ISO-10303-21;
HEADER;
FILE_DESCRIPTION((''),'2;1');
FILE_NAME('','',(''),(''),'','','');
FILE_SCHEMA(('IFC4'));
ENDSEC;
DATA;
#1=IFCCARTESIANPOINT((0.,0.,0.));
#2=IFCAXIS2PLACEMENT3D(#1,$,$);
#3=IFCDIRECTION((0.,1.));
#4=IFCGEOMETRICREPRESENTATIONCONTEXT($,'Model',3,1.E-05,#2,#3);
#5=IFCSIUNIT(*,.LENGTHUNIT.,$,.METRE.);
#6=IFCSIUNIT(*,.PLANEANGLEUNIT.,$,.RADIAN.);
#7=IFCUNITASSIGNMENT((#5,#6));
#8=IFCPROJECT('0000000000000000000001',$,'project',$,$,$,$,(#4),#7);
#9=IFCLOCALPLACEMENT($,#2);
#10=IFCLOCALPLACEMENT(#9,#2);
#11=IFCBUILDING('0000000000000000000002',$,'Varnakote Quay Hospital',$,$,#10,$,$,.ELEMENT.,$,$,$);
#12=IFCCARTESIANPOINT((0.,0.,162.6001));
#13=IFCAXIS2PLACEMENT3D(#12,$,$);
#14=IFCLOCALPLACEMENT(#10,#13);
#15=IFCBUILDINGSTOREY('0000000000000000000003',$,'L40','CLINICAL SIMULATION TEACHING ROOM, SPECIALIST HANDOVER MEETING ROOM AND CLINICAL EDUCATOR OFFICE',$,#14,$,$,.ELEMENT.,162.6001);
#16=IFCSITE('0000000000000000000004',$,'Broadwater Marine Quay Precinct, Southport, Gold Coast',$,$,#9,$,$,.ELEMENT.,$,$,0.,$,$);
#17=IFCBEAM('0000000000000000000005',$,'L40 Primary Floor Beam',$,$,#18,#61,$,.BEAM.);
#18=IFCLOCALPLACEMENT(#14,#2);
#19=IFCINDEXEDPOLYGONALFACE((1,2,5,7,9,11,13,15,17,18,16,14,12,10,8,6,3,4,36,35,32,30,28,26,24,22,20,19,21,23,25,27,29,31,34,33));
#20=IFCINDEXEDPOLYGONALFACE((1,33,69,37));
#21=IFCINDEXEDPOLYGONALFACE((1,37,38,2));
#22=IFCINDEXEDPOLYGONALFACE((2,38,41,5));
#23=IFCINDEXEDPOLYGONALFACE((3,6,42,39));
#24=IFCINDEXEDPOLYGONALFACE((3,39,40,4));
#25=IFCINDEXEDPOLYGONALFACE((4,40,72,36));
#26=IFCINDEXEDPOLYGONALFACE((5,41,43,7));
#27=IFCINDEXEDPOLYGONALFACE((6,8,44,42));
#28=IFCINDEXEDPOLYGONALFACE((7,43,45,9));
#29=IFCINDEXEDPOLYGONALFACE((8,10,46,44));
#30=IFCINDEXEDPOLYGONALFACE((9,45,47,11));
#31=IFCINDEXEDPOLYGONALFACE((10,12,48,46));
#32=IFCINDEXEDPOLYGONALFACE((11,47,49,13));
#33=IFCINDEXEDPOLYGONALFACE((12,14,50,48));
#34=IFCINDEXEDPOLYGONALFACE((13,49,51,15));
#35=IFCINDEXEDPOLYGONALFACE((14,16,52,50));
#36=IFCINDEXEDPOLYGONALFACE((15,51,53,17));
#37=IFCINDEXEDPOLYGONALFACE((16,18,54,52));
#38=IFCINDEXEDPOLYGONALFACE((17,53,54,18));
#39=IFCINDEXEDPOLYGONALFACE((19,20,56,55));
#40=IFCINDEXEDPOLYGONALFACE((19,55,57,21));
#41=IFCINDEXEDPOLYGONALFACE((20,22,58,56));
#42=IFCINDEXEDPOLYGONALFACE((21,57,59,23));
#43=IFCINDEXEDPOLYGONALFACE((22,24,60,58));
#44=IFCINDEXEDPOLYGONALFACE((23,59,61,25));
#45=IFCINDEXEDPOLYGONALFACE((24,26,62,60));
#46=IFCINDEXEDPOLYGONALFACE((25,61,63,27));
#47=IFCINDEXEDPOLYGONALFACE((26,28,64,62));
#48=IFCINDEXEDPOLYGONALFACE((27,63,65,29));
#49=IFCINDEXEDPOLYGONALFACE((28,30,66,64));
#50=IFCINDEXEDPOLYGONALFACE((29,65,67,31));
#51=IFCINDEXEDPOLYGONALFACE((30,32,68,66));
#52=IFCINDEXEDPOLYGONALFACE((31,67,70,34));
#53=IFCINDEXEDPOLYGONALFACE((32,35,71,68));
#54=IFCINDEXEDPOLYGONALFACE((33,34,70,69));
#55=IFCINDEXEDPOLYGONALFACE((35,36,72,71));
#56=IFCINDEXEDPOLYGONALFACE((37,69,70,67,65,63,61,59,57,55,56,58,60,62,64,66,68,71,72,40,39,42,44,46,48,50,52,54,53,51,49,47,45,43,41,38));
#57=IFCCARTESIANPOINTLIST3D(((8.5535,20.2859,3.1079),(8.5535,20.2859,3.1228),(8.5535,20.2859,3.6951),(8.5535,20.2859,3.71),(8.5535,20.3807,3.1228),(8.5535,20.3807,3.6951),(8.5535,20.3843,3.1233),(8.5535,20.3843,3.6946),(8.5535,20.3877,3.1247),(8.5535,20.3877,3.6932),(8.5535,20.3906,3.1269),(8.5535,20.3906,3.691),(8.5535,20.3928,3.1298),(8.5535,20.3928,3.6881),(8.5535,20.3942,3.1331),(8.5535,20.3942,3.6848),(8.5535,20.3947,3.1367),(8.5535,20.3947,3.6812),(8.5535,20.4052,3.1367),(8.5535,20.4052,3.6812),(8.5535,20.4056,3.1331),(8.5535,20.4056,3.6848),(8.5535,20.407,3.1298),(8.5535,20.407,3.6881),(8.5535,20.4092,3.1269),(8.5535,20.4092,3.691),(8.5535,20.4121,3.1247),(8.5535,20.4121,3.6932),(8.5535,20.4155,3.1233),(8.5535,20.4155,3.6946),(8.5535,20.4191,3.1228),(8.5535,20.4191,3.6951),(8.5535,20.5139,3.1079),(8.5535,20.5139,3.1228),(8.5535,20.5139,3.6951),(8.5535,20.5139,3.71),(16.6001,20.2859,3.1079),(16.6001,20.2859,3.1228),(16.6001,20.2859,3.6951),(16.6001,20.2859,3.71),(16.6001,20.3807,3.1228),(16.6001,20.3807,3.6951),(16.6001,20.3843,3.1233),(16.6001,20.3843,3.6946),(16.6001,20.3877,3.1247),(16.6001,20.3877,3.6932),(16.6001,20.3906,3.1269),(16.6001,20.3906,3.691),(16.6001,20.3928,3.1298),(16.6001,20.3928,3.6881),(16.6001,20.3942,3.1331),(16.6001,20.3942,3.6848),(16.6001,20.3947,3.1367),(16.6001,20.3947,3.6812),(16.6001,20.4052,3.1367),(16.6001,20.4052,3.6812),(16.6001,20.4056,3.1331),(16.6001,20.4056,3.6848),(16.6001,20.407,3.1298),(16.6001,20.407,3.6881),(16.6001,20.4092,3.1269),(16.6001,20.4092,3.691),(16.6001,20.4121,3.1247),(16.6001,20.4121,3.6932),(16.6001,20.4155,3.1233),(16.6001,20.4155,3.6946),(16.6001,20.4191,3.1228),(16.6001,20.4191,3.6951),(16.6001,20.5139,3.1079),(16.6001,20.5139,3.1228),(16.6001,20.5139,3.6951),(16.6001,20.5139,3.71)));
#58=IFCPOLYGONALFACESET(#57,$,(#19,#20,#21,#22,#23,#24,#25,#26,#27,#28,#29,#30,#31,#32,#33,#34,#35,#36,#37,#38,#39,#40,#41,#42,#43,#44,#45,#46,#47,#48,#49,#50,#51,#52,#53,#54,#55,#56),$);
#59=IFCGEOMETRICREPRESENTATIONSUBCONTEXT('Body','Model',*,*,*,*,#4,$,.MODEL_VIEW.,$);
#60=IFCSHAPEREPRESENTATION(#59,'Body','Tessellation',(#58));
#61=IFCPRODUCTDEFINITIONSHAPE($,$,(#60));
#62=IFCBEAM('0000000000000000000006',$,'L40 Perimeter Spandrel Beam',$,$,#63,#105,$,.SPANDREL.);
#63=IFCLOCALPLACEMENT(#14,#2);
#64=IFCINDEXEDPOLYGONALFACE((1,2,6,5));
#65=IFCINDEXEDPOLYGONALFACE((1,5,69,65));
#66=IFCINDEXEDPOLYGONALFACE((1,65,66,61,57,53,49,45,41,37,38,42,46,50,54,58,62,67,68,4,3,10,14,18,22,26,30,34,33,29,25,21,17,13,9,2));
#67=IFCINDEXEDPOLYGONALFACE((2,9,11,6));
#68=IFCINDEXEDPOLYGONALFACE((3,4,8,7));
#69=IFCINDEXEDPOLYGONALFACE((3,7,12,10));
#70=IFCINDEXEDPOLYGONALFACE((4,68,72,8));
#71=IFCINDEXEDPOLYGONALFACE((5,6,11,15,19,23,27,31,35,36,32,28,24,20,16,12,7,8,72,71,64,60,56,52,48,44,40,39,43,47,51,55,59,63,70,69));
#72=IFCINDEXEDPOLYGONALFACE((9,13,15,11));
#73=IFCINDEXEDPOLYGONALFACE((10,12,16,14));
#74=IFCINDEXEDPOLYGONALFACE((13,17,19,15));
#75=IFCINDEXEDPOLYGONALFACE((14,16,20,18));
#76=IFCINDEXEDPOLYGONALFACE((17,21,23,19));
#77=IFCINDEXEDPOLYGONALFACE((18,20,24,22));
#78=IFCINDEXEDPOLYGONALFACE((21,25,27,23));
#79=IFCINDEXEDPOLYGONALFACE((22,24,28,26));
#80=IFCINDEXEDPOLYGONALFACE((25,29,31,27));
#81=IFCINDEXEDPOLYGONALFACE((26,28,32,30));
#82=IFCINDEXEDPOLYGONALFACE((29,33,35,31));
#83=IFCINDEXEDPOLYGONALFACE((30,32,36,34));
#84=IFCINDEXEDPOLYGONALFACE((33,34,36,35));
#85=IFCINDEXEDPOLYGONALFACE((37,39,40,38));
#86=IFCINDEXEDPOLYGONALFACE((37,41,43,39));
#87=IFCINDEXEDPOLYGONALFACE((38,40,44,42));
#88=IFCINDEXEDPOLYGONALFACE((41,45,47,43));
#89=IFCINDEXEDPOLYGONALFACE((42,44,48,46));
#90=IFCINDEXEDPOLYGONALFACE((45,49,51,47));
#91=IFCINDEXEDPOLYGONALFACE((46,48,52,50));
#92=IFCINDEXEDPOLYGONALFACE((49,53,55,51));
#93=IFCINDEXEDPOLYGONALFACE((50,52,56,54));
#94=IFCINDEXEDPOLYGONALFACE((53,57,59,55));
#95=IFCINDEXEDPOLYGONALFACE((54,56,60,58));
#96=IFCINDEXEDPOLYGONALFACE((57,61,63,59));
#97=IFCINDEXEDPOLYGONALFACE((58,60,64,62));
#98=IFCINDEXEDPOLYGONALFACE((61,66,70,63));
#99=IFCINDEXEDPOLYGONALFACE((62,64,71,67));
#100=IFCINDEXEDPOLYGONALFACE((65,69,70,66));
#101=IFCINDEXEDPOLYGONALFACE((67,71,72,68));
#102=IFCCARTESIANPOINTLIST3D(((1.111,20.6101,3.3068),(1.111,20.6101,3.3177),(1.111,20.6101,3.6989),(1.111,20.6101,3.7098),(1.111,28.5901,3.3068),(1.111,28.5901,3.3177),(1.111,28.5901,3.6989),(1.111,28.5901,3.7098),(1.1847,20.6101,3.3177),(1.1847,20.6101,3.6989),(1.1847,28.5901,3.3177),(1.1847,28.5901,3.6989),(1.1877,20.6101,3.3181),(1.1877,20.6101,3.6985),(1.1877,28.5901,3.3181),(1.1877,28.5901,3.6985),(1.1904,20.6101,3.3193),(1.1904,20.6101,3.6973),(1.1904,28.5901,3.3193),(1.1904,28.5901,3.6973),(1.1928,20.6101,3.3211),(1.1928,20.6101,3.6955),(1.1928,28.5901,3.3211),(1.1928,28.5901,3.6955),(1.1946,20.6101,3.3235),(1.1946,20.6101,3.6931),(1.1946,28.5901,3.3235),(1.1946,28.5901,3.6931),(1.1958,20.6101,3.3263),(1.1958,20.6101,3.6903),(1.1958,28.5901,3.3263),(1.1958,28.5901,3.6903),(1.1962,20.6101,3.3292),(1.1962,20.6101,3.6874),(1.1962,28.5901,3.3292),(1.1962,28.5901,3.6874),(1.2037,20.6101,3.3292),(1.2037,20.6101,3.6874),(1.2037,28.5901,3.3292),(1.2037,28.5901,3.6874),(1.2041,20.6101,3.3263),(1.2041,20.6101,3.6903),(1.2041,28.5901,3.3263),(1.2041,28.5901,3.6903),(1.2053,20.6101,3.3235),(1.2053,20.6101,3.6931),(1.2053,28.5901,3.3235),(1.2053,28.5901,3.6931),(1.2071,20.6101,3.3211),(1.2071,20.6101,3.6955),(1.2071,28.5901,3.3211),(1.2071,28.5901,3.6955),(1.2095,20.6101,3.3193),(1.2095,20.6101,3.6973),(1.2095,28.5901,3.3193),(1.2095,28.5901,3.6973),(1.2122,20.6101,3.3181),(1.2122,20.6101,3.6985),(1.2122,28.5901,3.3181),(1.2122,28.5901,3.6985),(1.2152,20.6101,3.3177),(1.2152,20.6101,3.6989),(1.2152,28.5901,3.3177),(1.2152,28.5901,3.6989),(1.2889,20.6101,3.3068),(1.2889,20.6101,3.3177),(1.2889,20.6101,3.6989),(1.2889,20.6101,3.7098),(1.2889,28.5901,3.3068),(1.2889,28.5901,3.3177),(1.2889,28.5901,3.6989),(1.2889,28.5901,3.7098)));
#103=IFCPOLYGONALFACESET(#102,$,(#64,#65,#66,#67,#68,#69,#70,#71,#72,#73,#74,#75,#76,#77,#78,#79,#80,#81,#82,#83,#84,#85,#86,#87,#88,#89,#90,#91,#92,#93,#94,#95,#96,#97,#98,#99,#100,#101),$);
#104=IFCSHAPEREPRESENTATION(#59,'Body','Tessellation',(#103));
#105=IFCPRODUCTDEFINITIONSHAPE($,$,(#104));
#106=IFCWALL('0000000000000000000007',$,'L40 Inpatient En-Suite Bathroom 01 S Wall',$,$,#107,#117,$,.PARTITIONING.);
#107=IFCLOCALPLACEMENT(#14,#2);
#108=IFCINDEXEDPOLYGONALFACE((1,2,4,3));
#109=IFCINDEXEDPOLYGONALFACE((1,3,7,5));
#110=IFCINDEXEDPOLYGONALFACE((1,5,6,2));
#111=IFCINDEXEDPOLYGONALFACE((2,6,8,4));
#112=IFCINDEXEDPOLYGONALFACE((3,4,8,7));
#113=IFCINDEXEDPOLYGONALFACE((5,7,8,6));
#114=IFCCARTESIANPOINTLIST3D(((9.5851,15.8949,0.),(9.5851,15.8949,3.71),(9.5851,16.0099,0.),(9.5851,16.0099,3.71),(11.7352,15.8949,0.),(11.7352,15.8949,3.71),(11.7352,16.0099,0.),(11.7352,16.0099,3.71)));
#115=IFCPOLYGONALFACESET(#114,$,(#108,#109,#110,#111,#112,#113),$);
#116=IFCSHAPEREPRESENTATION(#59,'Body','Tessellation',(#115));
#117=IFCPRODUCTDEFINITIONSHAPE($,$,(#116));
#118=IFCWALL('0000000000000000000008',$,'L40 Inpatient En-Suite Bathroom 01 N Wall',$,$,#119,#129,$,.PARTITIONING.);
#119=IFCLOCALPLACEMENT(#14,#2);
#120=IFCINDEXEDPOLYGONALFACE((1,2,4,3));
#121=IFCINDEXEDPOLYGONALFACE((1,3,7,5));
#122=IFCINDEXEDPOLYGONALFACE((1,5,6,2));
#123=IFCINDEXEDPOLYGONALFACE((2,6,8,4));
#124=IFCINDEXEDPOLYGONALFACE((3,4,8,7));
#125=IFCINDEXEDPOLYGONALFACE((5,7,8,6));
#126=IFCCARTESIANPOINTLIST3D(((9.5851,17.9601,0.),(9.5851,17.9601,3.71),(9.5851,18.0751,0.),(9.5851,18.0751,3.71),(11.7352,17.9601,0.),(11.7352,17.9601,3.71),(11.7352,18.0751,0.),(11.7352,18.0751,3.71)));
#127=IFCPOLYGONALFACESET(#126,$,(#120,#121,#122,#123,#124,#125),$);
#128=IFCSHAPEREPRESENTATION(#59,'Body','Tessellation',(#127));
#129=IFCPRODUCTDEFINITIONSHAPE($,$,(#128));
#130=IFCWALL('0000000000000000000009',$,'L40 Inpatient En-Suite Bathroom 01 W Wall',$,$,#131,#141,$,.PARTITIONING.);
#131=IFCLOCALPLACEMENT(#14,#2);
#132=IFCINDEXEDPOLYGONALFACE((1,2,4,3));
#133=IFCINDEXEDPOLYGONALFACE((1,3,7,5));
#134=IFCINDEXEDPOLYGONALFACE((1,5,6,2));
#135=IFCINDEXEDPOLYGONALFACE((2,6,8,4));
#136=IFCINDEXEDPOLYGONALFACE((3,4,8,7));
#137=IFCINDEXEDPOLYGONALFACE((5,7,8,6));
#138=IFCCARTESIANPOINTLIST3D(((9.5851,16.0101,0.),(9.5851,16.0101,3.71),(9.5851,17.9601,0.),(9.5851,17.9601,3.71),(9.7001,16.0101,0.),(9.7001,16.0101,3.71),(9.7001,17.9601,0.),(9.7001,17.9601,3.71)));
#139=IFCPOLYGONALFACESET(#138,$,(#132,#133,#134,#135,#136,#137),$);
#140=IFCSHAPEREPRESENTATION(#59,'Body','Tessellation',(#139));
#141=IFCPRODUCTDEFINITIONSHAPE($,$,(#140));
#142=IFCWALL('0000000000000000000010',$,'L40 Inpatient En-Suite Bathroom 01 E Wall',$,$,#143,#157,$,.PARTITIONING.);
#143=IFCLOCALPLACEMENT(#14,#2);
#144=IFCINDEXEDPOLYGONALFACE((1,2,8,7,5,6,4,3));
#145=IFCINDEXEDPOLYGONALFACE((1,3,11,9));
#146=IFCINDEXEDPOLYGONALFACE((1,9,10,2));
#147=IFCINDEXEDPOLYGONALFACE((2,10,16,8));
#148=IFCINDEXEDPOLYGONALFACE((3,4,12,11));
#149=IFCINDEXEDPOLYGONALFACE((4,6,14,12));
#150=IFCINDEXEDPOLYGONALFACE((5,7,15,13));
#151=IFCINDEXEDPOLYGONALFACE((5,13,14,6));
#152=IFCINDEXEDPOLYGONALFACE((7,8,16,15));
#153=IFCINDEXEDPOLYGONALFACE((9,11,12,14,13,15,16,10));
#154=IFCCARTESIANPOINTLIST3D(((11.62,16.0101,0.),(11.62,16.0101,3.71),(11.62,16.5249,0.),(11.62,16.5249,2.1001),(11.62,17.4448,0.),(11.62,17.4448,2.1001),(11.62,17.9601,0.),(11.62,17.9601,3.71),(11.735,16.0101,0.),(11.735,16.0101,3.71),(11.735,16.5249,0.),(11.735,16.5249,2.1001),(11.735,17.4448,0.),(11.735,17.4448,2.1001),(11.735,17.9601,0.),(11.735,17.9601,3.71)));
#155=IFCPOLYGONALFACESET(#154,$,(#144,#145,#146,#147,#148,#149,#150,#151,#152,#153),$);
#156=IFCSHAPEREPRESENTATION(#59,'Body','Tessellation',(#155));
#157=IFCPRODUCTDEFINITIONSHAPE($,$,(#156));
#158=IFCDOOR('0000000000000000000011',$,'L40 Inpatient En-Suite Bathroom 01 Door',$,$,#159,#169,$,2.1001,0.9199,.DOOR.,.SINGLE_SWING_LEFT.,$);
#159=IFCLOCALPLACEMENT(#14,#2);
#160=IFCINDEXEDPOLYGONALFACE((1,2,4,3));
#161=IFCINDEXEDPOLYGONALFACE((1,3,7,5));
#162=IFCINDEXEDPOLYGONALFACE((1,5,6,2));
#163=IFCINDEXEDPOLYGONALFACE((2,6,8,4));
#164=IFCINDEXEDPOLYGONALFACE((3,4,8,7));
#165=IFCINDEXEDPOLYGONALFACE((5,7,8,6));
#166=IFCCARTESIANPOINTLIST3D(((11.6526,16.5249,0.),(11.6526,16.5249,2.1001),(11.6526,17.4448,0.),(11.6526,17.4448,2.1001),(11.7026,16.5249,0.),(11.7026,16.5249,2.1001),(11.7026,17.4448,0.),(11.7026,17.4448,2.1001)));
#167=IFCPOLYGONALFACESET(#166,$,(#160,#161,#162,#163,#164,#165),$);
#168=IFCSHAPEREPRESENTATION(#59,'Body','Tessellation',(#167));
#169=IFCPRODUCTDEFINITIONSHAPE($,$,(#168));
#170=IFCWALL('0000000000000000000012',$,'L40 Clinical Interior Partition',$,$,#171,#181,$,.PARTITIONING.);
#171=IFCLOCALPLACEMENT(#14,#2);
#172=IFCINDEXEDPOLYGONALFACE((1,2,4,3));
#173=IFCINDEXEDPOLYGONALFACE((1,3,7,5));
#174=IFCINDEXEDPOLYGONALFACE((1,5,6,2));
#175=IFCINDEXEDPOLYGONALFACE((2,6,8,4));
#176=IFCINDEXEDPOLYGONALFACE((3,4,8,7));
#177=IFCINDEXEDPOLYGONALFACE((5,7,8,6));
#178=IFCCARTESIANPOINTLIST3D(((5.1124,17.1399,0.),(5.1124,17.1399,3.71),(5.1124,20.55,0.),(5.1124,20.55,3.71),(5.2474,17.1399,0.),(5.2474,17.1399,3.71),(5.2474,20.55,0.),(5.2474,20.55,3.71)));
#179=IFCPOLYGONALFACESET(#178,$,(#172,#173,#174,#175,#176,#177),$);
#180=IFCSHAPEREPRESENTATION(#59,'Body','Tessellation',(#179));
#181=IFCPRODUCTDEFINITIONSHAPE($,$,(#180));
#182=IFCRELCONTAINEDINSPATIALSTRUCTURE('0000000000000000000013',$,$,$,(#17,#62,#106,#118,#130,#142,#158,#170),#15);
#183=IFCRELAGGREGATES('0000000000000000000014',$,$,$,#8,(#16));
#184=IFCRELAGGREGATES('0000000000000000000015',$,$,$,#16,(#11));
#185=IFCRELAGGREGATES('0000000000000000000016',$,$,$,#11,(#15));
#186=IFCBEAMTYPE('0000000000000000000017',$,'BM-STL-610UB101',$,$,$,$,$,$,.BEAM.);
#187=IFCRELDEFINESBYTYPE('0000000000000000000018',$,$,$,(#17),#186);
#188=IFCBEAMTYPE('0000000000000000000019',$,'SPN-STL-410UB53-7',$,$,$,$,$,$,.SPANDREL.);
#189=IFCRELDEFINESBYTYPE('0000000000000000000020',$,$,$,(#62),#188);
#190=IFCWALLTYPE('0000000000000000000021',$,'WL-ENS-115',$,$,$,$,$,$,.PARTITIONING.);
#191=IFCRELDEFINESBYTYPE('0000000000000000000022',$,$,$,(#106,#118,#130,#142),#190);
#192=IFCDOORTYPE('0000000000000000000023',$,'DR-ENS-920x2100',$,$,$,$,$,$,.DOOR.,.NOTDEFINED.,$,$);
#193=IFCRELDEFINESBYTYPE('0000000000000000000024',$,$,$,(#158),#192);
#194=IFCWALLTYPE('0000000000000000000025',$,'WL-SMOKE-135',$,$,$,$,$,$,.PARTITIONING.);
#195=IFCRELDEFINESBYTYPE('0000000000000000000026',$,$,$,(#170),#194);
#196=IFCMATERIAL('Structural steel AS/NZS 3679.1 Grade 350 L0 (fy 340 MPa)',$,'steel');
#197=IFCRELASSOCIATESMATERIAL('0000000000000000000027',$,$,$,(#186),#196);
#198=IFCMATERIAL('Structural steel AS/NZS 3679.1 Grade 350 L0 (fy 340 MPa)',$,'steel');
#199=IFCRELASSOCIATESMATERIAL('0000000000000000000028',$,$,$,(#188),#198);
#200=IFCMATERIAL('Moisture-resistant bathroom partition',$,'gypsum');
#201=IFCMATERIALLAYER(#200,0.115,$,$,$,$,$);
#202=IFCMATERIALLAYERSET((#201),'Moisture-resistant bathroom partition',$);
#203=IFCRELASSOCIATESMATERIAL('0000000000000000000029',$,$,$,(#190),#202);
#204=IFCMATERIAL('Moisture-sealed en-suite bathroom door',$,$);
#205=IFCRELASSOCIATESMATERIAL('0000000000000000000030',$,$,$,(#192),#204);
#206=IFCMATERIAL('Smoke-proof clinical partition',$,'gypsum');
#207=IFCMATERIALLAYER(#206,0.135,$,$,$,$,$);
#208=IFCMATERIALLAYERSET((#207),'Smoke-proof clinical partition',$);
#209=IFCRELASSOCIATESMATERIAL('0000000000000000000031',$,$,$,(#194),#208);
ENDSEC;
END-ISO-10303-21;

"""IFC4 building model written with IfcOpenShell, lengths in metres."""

from ifc_helpers import new_model, si_unit, direction, frame, frame_2d, origin, origin_2d, place, context, subcontext, project, spatial, rectangle, i_section, extrude, material, layer, layer_set, material_profile, profile_set, type_object, element, fill, save


model = new_model("IFC4")

# Units and contexts
model_context = context("Model", 3, precision=1e-05, world=origin(), true_north=direction((0.0, 1.0)))
body_context = subcontext(model_context, "Body", "Model", "MODEL_VIEW")
ifc_project = project(units=[si_unit("LENGTHUNIT", "METRE"), si_unit("PLANEANGLEUNIT", "RADIAN")], contexts=[model_context])

# Site, building, storey
site_placement = place(None, origin())
site = spatial("IfcSite", under=ifc_project, at=site_placement, Name="Broadwater Marine Quay Precinct, Southport, Gold Coast", CompositionType="ELEMENT", RefElevation=0.0)
building_placement = place(site_placement, origin())
building = spatial("IfcBuilding", under=site, at=building_placement, Name="Varnakote Quay Hospital", CompositionType="ELEMENT")
storey_placement = place(building_placement, frame((0.0, 0.0, 162.6001)))
storey = spatial("IfcBuildingStorey", under=building, at=storey_placement, Name="L40", Description="CLINICAL SIMULATION TEACHING ROOM, SPECIALIST HANDOVER MEETING ROOM AND CLINICAL EDUCATOR OFFICE", CompositionType="ELEMENT", Elevation=162.6001)

# Beams
ifc_material_1 = material(Name="Structural steel AS/NZS 3679.1 Grade 350 L0 (fy 340 MPa)", Category="steel")
ifc_material_profile_1 = material_profile(ifc_material_1, i_section(OverallWidth=0.228, OverallDepth=0.6021, WebThickness=0.0105, FlangeThickness=0.0149, FilletRadius=0.0139, at=origin_2d()), Name="610UB101")
ifc_profile_set_1 = profile_set([ifc_material_profile_1], Name="Structural steel AS/NZS 3679.1 Grade 350 L0 (fy 340 MPa)")
beam_type_1 = type_object("IfcBeamType", Name="BM-STL-610UB101", PredefinedType="BEAM", material=ifc_profile_set_1)
beam_1_placement = place(storey_placement, frame((8.5535, 20.3999, 3.4089), z_axis=(1.0, 0.0, 0.0), x_axis=(0.0, 1.0, 0.0)))
element("IfcBeam", 1, at=beam_1_placement, inside=storey, type_object=beam_type_1, Name="L40 Primary Floor Beam", PredefinedType="BEAM", context=body_context, shape_type="SweptSolid", body=[
    extrude(i_section(OverallWidth=0.228, OverallDepth=0.6021, WebThickness=0.0105, FlangeThickness=0.0149, FilletRadius=0.0139, at=origin_2d()), origin(), (0.0, 0.0, 1.0), 8.0466),
])
ifc_material_2 = material(Name="Structural steel AS/NZS 3679.1 Grade 350 L0 (fy 340 MPa)", Category="steel")
ifc_material_profile_2 = material_profile(ifc_material_2, i_section(OverallWidth=0.178, OverallDepth=0.4031, WebThickness=0.0076, FlangeThickness=0.011, FilletRadius=0.0115, at=origin_2d()), Name="410UB53.7")
ifc_profile_set_2 = profile_set([ifc_material_profile_2], Name="Structural steel AS/NZS 3679.1 Grade 350 L0 (fy 340 MPa)")
beam_type_2 = type_object("IfcBeamType", Name="SPN-STL-410UB53-7", PredefinedType="SPANDREL", material=ifc_profile_set_2)
beam_2_placement = place(storey_placement, frame((1.2, 20.6101, 3.5083), z_axis=(0.0, 1.0, 0.0), x_axis=(-1.0, 0.0, 0.0)))
element("IfcBeam", 2, at=beam_2_placement, inside=storey, type_object=beam_type_2, Name="L40 Perimeter Spandrel Beam", PredefinedType="SPANDREL", context=body_context, shape_type="SweptSolid", body=[
    extrude(i_section(OverallWidth=0.178, OverallDepth=0.4031, WebThickness=0.0076, FlangeThickness=0.011, FilletRadius=0.0115, at=origin_2d()), origin(), (0.0, 0.0, 1.0), 7.98),
])

# Walls
ifc_material_3 = material(Name="Moisture-resistant bathroom partition", Category="gypsum")
ifc_layer_1 = layer(ifc_material_3, 0.115)
ifc_layer_set_1 = layer_set([ifc_layer_1], Name="Moisture-resistant bathroom partition")
wall_type_1 = type_object("IfcWallType", Name="WL-ENS-115", PredefinedType="PARTITIONING", material=ifc_layer_set_1)
for number, where, z_axis, x_axis, name in (
    (3, (9.585, 15.9524, 0.0), (0.0, 0.0, 1.0), (1.0, 0.0, 0.0), "L40 Inpatient En-Suite Bathroom 01 S Wall"),
    (4, (9.585, 18.0176, 0.0), (0.0, 0.0, 1.0), (1.0, 0.0, 0.0), "L40 Inpatient En-Suite Bathroom 01 N Wall"),
):
    element("IfcWall", number, at=place(storey_placement, frame(where, z_axis=z_axis, x_axis=x_axis)), inside=storey, type_object=wall_type_1, Name=name, PredefinedType="PARTITIONING", context=body_context, shape_type="SweptSolid", body=[
        extrude(rectangle(XDim=2.1501, YDim=0.115, at=frame_2d((1.0752, 0.0))), origin(), (0.0, 0.0, 1.0), 3.71),
    ])
wall_1_placement = place(storey_placement, frame((9.6426, 16.01, 0.0), z_axis=(0.0, 0.0, 1.0), x_axis=(0.0, 1.0, 0.0)))
element("IfcWall", 5, at=wall_1_placement, inside=storey, type_object=wall_type_1, Name="L40 Inpatient En-Suite Bathroom 01 W Wall", PredefinedType="PARTITIONING", context=body_context, shape_type="SweptSolid", body=[
    extrude(rectangle(XDim=1.95, YDim=0.115, at=frame_2d((0.9751, 0.0))), origin(), (0.0, 0.0, 1.0), 3.71),
])

# Wall, opening, door
wall_2_placement = place(storey_placement, frame((11.6775, 16.01, 0.0), z_axis=(0.0, 0.0, 1.0), x_axis=(0.0, 1.0, 0.0)))
wall_2 = element("IfcWall", 6, at=wall_2_placement, inside=storey, type_object=wall_type_1, Name="L40 Inpatient En-Suite Bathroom 01 E Wall", PredefinedType="PARTITIONING", context=body_context, shape_type="SweptSolid", body=[
    extrude(rectangle(XDim=1.95, YDim=0.115, at=frame_2d((0.9751, 0.0))), origin(), (0.0, 0.0, 1.0), 3.71),
])
opening_1_placement = place(wall_2_placement, frame((0.5149, 0.0, 0.0)))
opening_1 = element("IfcOpeningElement", 7, at=opening_1_placement, cuts=wall_2, PredefinedType="OPENING", context=body_context, shape_type="SweptSolid", body=[
    extrude(rectangle(XDim=0.9199, YDim=2.1001, at=frame_2d((0.46, 1.05))), frame((0.0, 0.0674, 0.0), z_axis=(0.0, -1.0, 0.0), x_axis=(1.0, 0.0, 0.0)), (0.0, 0.0, 1.0), 0.135),
])
ifc_material_4 = material(Name="Moisture-sealed en-suite bathroom door")
door_type_1 = type_object("IfcDoorType", Name="DR-ENS-920x2100", OperationType="NOTDEFINED", PredefinedType="DOOR", material=ifc_material_4)
door_1_placement = place(opening_1_placement, origin())
door_1 = element("IfcDoor", 8, at=door_1_placement, inside=storey, type_object=door_type_1, Name="L40 Inpatient En-Suite Bathroom 01 Door", OperationType="SINGLE_SWING_LEFT", OverallHeight=2.1001, OverallWidth=0.9199, PredefinedType="DOOR", context=body_context, shape_type="SweptSolid", body=[
    extrude(rectangle(XDim=0.9199, YDim=2.1001, at=frame_2d((0.46, 1.05))), frame((0.0, 0.0249, 0.0), z_axis=(0.0, -1.0, 0.0), x_axis=(1.0, 0.0, 0.0)), (0.0, 0.0, 1.0), 0.05),
])
fill(opening_1, door_1)

# Wall
ifc_material_5 = material(Name="Smoke-proof clinical partition", Category="gypsum")
ifc_layer_2 = layer(ifc_material_5, 0.135)
ifc_layer_set_2 = layer_set([ifc_layer_2], Name="Smoke-proof clinical partition")
wall_type_2 = type_object("IfcWallType", Name="WL-SMOKE-135", PredefinedType="PARTITIONING", material=ifc_layer_set_2)
wall_3_placement = place(storey_placement, frame((5.1799, 17.1399, 0.0), z_axis=(0.0, 0.0, 1.0), x_axis=(0.0, 1.0, 0.0)))
element("IfcWall", 9, at=wall_3_placement, inside=storey, type_object=wall_type_2, Name="L40 Clinical Interior Partition", PredefinedType="PARTITIONING", context=body_context, shape_type="SweptSolid", body=[
    extrude(rectangle(XDim=3.4102, YDim=0.135, at=frame_2d((1.7051, 0.0))), origin(), (0.0, 0.0, 1.0), 3.71),
])

save(model, "model.ifc")
